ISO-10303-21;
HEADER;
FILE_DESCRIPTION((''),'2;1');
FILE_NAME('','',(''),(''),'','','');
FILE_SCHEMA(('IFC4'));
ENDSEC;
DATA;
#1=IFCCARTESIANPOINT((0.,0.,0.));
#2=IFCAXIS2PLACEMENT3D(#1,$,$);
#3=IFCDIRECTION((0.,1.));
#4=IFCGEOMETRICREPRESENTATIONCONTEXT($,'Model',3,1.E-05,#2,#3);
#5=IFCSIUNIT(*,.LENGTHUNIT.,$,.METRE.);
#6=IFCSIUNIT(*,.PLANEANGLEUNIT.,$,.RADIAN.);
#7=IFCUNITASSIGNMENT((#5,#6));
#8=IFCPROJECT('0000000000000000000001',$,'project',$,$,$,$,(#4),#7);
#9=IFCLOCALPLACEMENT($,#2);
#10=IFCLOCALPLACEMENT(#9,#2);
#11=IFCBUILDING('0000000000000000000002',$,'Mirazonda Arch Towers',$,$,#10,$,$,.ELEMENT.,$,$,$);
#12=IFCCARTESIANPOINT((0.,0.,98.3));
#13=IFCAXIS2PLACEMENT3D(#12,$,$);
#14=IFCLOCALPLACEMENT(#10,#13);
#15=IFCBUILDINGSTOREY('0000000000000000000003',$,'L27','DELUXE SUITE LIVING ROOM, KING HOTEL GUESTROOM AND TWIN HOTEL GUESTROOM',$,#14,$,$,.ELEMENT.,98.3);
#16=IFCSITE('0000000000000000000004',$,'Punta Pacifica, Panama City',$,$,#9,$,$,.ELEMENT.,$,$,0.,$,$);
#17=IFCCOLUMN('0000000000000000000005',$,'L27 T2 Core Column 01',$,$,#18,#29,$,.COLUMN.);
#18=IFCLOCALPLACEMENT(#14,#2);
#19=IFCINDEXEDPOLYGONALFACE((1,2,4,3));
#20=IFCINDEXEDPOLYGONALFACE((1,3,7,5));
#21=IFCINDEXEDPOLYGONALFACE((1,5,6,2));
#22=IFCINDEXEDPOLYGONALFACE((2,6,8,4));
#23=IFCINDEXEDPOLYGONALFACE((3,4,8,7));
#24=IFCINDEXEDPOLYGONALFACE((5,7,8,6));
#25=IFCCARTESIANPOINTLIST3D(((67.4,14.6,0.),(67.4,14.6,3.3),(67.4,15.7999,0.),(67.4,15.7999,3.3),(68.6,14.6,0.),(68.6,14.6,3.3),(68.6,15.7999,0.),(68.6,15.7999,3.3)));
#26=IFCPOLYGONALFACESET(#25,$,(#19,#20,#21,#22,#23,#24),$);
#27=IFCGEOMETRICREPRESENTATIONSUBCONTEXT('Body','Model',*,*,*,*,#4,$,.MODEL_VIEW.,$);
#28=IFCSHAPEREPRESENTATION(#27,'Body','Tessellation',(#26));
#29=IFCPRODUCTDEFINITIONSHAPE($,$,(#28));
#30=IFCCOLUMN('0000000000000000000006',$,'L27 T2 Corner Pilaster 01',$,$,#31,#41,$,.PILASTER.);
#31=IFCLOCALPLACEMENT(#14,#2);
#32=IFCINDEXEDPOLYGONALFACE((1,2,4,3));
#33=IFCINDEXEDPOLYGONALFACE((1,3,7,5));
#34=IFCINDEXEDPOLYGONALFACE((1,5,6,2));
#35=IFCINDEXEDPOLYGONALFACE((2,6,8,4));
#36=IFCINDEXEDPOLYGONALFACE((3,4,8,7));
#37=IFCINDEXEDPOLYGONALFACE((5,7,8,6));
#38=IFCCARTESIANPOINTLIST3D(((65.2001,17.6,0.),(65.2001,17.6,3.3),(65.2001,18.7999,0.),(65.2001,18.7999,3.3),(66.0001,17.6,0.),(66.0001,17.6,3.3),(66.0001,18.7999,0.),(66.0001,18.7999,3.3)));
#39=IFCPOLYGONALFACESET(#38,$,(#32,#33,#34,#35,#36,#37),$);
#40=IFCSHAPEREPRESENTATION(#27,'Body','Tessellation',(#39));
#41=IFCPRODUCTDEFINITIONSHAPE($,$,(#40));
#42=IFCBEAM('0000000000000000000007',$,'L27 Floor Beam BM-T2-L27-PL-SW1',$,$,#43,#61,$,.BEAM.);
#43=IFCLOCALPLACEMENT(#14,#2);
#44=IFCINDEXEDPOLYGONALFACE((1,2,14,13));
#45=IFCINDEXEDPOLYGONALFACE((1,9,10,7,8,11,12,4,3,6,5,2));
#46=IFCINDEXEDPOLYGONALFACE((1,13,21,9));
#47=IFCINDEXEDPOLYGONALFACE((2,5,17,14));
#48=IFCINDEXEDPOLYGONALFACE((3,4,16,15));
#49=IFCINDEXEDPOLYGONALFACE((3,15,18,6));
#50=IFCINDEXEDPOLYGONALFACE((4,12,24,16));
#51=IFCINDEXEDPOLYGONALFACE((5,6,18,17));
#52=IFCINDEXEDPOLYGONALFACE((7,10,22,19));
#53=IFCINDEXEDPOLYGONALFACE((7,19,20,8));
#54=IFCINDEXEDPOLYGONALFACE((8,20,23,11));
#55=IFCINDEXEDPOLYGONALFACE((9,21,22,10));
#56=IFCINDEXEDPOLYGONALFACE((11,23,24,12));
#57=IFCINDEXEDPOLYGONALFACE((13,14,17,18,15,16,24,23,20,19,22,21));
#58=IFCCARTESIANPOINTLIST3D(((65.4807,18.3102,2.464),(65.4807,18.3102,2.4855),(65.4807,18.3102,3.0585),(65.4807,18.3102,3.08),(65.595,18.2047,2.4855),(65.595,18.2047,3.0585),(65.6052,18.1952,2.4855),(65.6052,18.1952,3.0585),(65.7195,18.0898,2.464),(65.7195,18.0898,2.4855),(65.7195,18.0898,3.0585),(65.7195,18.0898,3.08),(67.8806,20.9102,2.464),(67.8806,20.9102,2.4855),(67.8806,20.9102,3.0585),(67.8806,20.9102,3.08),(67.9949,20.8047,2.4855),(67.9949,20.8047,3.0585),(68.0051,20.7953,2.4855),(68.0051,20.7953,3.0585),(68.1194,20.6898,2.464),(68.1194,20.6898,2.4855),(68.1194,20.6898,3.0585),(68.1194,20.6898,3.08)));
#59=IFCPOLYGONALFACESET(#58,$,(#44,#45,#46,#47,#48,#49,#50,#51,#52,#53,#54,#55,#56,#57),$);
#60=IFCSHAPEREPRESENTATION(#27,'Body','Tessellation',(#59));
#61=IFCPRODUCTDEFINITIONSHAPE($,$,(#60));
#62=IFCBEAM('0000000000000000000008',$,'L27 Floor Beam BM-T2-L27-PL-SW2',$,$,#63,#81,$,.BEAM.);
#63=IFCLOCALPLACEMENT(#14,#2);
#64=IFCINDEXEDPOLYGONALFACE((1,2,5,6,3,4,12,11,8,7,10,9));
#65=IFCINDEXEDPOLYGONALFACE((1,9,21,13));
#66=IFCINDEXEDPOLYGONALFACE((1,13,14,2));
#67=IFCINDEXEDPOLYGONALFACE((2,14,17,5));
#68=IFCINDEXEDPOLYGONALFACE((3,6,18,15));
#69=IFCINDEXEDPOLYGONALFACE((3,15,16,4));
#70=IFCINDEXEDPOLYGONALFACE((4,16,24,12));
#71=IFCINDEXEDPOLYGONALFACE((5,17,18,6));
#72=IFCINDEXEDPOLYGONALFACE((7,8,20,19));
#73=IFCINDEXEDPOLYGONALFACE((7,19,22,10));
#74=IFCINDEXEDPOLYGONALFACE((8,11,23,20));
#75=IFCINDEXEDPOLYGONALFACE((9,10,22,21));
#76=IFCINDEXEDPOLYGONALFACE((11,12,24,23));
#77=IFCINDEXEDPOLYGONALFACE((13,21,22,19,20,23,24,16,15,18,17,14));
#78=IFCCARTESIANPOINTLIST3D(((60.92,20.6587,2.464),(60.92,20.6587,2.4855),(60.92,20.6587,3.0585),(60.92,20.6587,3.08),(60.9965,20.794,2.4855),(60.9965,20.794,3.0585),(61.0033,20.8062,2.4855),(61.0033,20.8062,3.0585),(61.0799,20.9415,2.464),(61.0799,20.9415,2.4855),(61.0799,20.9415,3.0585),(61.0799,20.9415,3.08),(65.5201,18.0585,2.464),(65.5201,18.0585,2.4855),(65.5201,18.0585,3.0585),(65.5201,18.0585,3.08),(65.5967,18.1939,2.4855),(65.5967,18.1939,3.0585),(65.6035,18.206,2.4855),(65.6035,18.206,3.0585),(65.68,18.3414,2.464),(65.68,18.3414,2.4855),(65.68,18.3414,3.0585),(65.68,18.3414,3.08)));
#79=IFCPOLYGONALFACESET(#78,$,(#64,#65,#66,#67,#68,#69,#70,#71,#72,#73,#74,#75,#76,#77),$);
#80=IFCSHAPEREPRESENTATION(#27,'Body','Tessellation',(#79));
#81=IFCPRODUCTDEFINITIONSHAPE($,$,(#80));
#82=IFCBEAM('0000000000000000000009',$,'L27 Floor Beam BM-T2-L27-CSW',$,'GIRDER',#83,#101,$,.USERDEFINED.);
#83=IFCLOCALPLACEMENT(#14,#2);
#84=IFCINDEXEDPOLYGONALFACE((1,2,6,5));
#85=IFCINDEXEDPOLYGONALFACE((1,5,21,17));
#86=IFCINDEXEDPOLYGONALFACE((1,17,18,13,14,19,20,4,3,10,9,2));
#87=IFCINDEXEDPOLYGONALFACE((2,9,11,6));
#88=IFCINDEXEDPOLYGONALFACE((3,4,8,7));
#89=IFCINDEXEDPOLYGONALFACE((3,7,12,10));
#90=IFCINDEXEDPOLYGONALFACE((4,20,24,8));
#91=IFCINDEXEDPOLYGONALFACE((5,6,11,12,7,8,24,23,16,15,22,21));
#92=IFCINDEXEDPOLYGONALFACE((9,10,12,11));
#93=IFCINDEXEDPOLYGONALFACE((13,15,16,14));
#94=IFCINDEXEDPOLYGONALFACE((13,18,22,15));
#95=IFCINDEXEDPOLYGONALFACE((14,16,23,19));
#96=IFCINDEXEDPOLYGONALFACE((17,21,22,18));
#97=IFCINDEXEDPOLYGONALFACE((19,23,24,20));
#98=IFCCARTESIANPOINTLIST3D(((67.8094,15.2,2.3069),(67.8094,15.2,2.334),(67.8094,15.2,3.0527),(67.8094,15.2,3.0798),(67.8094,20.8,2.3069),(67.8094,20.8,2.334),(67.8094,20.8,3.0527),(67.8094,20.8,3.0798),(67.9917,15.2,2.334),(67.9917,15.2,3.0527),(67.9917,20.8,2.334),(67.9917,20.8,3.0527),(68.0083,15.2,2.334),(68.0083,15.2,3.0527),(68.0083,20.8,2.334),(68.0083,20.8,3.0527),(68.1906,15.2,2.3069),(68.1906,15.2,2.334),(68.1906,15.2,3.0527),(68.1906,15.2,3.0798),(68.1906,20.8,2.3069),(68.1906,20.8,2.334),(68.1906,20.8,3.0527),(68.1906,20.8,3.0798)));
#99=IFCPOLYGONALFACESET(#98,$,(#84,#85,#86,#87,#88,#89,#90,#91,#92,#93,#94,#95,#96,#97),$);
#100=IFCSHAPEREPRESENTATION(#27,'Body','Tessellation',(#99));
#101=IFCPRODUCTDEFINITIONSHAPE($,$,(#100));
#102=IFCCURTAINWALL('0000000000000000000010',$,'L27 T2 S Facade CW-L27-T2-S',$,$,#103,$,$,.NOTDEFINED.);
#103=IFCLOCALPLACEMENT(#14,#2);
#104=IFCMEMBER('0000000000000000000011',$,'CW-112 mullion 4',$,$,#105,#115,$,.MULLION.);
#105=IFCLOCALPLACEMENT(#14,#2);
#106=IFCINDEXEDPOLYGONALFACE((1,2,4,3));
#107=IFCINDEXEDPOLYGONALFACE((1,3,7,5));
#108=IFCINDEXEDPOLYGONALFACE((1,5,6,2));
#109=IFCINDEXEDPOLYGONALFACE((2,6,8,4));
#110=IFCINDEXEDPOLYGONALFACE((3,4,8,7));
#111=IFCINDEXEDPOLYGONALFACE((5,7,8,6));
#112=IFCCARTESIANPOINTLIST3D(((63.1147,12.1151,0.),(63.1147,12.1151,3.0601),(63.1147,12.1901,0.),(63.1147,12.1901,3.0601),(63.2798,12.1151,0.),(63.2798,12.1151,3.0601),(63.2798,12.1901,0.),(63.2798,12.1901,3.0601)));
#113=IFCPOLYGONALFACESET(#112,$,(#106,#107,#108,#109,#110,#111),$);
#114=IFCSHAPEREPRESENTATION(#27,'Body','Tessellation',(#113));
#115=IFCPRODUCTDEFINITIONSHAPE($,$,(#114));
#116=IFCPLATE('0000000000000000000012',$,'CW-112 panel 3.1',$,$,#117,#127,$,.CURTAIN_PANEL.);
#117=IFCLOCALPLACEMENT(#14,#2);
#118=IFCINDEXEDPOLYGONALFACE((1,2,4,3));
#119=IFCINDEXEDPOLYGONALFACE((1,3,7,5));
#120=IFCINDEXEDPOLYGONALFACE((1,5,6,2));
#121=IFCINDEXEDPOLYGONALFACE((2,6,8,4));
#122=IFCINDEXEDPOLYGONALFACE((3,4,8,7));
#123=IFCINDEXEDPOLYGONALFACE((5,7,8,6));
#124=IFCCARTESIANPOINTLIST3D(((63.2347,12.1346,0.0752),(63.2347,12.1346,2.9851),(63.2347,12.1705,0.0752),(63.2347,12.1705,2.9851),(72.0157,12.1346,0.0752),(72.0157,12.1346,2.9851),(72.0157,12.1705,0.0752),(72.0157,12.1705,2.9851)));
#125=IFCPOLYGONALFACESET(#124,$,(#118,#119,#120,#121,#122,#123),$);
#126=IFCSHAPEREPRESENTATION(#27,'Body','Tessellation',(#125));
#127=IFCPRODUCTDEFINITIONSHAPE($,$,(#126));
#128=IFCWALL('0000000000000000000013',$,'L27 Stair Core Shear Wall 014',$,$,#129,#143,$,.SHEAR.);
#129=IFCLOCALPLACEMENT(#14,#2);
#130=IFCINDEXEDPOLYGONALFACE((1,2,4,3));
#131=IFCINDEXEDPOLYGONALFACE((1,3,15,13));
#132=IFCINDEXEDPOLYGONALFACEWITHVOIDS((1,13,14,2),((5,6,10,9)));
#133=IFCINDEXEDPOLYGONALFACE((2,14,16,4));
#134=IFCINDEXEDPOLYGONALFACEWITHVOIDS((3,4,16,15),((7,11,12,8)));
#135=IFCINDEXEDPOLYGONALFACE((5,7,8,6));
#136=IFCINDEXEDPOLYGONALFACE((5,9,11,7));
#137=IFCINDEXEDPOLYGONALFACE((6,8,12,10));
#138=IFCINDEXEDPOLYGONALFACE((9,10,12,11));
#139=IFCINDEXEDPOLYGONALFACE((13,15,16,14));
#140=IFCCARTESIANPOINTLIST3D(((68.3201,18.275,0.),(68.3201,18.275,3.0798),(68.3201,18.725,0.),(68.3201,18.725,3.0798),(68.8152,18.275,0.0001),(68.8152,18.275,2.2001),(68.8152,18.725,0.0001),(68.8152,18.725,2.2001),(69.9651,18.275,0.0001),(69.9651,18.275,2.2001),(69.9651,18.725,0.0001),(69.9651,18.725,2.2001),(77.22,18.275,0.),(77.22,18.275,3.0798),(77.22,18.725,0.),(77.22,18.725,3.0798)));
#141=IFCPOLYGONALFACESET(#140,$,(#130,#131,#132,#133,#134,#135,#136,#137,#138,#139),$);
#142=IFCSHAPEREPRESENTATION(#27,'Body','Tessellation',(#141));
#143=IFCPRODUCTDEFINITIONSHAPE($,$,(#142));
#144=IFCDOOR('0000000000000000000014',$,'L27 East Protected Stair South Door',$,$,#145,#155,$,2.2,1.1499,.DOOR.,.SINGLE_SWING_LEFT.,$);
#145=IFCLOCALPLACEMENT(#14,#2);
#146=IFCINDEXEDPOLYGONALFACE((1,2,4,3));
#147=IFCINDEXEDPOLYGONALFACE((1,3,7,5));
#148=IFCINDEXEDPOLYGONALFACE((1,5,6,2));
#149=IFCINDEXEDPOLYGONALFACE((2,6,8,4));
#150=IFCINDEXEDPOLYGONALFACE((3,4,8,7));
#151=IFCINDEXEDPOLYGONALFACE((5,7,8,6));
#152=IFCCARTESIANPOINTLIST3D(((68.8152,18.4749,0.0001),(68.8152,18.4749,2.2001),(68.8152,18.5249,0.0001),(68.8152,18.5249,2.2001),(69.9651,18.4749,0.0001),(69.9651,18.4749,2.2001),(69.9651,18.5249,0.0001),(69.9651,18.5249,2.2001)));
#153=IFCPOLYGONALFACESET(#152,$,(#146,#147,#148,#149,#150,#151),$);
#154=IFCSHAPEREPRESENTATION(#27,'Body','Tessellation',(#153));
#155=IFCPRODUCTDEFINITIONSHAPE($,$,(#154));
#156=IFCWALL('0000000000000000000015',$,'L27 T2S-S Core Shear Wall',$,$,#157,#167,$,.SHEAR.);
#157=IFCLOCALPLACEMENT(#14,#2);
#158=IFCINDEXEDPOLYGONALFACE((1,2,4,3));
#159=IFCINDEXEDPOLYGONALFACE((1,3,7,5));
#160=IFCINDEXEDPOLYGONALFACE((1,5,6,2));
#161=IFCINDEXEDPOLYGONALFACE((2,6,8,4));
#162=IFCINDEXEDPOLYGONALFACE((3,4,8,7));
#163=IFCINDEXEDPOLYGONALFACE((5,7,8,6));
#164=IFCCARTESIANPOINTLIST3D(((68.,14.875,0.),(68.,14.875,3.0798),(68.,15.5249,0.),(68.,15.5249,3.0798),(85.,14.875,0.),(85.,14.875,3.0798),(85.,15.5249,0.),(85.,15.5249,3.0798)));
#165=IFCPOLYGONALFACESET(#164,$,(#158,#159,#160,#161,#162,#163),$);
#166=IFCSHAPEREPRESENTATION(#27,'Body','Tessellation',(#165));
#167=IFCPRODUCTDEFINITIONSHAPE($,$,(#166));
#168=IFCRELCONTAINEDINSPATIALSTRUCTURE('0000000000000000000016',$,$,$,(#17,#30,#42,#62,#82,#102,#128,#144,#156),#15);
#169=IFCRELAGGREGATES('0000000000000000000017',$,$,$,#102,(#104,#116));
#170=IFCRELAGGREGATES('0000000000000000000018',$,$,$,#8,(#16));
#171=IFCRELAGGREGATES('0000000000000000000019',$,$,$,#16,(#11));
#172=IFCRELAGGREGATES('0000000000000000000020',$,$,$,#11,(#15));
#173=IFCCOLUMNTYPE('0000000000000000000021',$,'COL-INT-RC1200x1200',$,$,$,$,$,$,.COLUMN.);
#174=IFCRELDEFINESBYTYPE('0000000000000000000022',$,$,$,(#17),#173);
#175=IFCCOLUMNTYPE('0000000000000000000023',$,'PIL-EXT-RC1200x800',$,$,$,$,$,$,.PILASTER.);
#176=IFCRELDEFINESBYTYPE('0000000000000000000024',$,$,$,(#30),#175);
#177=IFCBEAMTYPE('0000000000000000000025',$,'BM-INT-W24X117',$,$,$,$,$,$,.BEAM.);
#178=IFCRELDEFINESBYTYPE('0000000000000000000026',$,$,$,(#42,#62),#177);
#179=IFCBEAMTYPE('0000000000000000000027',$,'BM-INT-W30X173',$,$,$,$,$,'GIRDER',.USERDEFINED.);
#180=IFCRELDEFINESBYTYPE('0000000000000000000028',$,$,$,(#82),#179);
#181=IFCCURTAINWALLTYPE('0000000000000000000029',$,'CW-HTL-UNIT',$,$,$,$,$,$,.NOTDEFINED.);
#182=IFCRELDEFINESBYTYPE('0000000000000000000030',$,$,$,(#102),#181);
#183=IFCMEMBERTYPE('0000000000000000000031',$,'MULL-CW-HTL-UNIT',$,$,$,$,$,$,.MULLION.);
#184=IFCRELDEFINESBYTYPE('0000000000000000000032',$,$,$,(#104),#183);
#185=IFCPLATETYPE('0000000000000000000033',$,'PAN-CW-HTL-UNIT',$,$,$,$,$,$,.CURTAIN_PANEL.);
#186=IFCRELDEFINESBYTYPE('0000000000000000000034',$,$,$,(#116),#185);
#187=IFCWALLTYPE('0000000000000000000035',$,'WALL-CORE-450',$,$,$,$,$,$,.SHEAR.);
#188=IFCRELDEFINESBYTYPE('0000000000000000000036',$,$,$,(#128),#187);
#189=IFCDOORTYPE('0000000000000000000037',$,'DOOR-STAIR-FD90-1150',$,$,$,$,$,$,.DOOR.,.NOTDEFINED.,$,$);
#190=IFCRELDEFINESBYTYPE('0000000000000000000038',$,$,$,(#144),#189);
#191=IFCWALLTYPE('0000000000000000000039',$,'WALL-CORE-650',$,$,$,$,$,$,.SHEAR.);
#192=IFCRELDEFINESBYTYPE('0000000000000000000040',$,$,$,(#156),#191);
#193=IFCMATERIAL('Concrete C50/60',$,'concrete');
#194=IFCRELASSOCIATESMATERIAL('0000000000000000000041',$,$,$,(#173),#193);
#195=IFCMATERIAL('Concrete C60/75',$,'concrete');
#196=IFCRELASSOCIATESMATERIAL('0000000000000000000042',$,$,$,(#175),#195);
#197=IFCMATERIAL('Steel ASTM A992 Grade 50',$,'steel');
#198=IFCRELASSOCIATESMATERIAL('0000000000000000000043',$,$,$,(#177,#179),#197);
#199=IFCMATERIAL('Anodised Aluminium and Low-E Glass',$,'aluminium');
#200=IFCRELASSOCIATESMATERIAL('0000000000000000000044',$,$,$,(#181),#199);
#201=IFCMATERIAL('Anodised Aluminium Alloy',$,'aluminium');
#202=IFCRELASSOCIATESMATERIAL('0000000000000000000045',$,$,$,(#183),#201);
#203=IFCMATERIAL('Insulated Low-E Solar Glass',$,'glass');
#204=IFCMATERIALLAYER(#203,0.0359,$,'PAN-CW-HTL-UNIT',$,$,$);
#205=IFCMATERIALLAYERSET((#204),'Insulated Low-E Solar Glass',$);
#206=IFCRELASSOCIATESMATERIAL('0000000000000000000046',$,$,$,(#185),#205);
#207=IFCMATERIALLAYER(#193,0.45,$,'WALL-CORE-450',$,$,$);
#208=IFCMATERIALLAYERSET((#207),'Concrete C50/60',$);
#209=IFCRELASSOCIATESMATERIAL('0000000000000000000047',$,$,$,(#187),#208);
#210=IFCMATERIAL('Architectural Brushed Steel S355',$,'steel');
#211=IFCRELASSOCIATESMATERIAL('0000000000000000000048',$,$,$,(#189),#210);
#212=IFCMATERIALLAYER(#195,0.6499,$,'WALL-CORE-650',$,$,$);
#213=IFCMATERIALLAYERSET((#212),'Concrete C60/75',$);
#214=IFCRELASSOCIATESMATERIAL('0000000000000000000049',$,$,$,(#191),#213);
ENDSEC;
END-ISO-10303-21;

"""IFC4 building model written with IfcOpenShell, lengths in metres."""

from ifc_helpers import new_model, si_unit, direction, frame, frame_2d, origin, origin_2d, place, context, subcontext, project, spatial, rectangle, i_section, extrude, material, layer, layer_set, material_profile, profile_set, type_object, element, fill, aggregate, save


model = new_model("IFC4")

# Units and contexts
model_context = context("Model", 3, precision=1e-05, world=origin(), true_north=direction((0.0, 1.0)))
body_context = subcontext(model_context, "Body", "Model", "MODEL_VIEW")
ifc_project = project(units=[si_unit("LENGTHUNIT", "METRE"), si_unit("PLANEANGLEUNIT", "RADIAN")], contexts=[model_context])

# Site, building, storey
site_placement = place(None, origin())
site = spatial("IfcSite", under=ifc_project, at=site_placement, Name="Punta Pacifica, Panama City", CompositionType="ELEMENT", RefElevation=0.0)
building_placement = place(site_placement, origin())
building = spatial("IfcBuilding", under=site, at=building_placement, Name="Mirazonda Arch Towers", CompositionType="ELEMENT")
storey_placement = place(building_placement, frame((0.0, 0.0, 98.3)))
storey = spatial("IfcBuildingStorey", under=building, at=storey_placement, Name="L27", Description="DELUXE SUITE LIVING ROOM, KING HOTEL GUESTROOM AND TWIN HOTEL GUESTROOM", CompositionType="ELEMENT", Elevation=98.3)

# Columns
ifc_material_1 = material(Name="Concrete C50/60", Category="concrete")
ifc_material_profile_1 = material_profile(ifc_material_1, rectangle(XDim=1.2, YDim=1.2, at=origin_2d()), Name="RC1200x1200")
ifc_profile_set_1 = profile_set([ifc_material_profile_1], Name="Concrete C50/60")
column_type_1 = type_object("IfcColumnType", Name="COL-INT-RC1200x1200", PredefinedType="COLUMN", material=ifc_profile_set_1)
column_1_placement = place(storey_placement, frame((68.0, 15.2, 0.0), z_axis=(0.0, 0.0, 1.0), x_axis=(1.0, 0.0, 0.0)))
element("IfcColumn", 1, at=column_1_placement, inside=storey, type_object=column_type_1, Name="L27 T2 Core Column 01", PredefinedType="COLUMN", context=body_context, shape_type="SweptSolid", body=[
    extrude(rectangle(XDim=1.2, YDim=1.2, at=origin_2d()), origin(), (0.0, 0.0, 1.0), 3.3),
])
ifc_material_2 = material(Name="Concrete C60/75", Category="concrete")
ifc_material_profile_2 = material_profile(ifc_material_2, rectangle(XDim=0.8, YDim=1.2, at=origin_2d()), Name="RC1200x800")
ifc_profile_set_2 = profile_set([ifc_material_profile_2], Name="Concrete C60/75")
column_type_2 = type_object("IfcColumnType", Name="PIL-EXT-RC1200x800", PredefinedType="PILASTER", material=ifc_profile_set_2)
column_2_placement = place(storey_placement, frame((65.6001, 18.2, 0.0), z_axis=(0.0, 0.0, 1.0), x_axis=(1.0, 0.0, 0.0)))
element("IfcColumn", 2, at=column_2_placement, inside=storey, type_object=column_type_2, Name="L27 T2 Corner Pilaster 01", PredefinedType="PILASTER", context=body_context, shape_type="SweptSolid", body=[
    extrude(rectangle(XDim=0.8, YDim=1.2, at=origin_2d()), origin(), (0.0, 0.0, 1.0), 3.3),
])

# Beams
ifc_material_3 = material(Name="Steel ASTM A992 Grade 50", Category="steel")
ifc_material_profile_3 = material_profile(ifc_material_3, i_section(OverallWidth=0.325, OverallDepth=0.616, WebThickness=0.0139, FlangeThickness=0.0215, at=origin_2d()), Name="W24X117")
ifc_profile_set_3 = profile_set([ifc_material_profile_3], Name="Steel ASTM A992 Grade 50")
beam_type_1 = type_object("IfcBeamType", Name="BM-INT-W24X117", PredefinedType="BEAM", material=ifc_profile_set_3)
beam_1_placement = place(storey_placement, frame((65.6001, 18.2, 2.772), z_axis=(0.678251, 0.73483, 0.0), x_axis=(-0.73483, 0.678251, 0.0)))
element("IfcBeam", 3, at=beam_1_placement, inside=storey, type_object=beam_type_1, Name="L27 Floor Beam BM-T2-L27-PL-SW1", PredefinedType="BEAM", context=body_context, shape_type="SweptSolid", body=[
    extrude(i_section(OverallWidth=0.325, OverallDepth=0.616, WebThickness=0.0139, FlangeThickness=0.0215, at=origin_2d()), origin(), (0.0, 0.0, 1.0), 3.5383),
])
beam_2_placement = place(storey_placement, frame((65.6001, 18.2, 2.772), z_axis=(-0.870559, 0.492063, 0.0), x_axis=(-0.492063, -0.870559, 0.0)))
element("IfcBeam", 4, at=beam_2_placement, inside=storey, type_object=beam_type_1, Name="L27 Floor Beam BM-T2-L27-PL-SW2", PredefinedType="BEAM", context=body_context, shape_type="SweptSolid", body=[
    extrude(i_section(OverallWidth=0.325, OverallDepth=0.616, WebThickness=0.0139, FlangeThickness=0.0215, at=origin_2d()), origin(), (0.0, 0.0, 1.0), 5.2842),
])
ifc_material_profile_4 = material_profile(ifc_material_3, i_section(OverallWidth=0.3811, OverallDepth=0.7729, WebThickness=0.0166, FlangeThickness=0.0271, at=origin_2d()), Name="W30X173")
ifc_profile_set_4 = profile_set([ifc_material_profile_4], Name="Steel ASTM A992 Grade 50")
beam_type_2 = type_object("IfcBeamType", Name="BM-INT-W30X173", ElementType="GIRDER", PredefinedType="USERDEFINED", material=ifc_profile_set_4)
beam_3_placement = place(storey_placement, frame((68.0, 15.2, 2.6934), z_axis=(0.0, 1.0, 0.0), x_axis=(-1.0, 0.0, 0.0)))
element("IfcBeam", 5, at=beam_3_placement, inside=storey, type_object=beam_type_2, Name="L27 Floor Beam BM-T2-L27-CSW", ObjectType="GIRDER", PredefinedType="USERDEFINED", context=body_context, shape_type="SweptSolid", body=[
    extrude(i_section(OverallWidth=0.3811, OverallDepth=0.7729, WebThickness=0.0166, FlangeThickness=0.0271, at=origin_2d()), origin(), (0.0, 0.0, 1.0), 5.6001),
])

# Curtain wall, member, plate
ifc_material_4 = material(Name="Anodised Aluminium and Low-E Glass", Category="aluminium")
curtain_wall_type = type_object("IfcCurtainWallType", Name="CW-HTL-UNIT", PredefinedType="NOTDEFINED", material=ifc_material_4)
curtain_wall_placement = place(storey_placement, origin())
curtain_wall = element("IfcCurtainWall", 6, at=curtain_wall_placement, inside=storey, type_object=curtain_wall_type, Name="L27 T2 S Facade CW-L27-T2-S", PredefinedType="NOTDEFINED")
ifc_material_5 = material(Name="Anodised Aluminium Alloy", Category="aluminium")
ifc_material_profile_5 = material_profile(ifc_material_5, rectangle(XDim=0.075, YDim=0.165, at=origin_2d()), Name="ALU-MULL-75x165")
ifc_profile_set_5 = profile_set([ifc_material_profile_5], Name="Anodised Aluminium Alloy")
member_type = type_object("IfcMemberType", Name="MULL-CW-HTL-UNIT", PredefinedType="MULLION", material=ifc_profile_set_5)
member_placement = place(storey_placement, frame((63.1973, 12.1526, 0.0), z_axis=(0.0, 0.0, 1.0), x_axis=(0.0, -1.0, 0.0)))
member = element("IfcMember", 7, at=member_placement, type_object=member_type, Name="CW-112 mullion 4", PredefinedType="MULLION", context=body_context, shape_type="SweptSolid", body=[
    extrude(rectangle(XDim=0.075, YDim=0.165, at=origin_2d()), origin(), (0.0, 0.0, 1.0), 3.0601),
])
ifc_material_6 = material(Name="Insulated Low-E Solar Glass", Category="glass")
ifc_layer_1 = layer(ifc_material_6, 0.0359, Name="PAN-CW-HTL-UNIT")
ifc_layer_set_1 = layer_set([ifc_layer_1], Name="Insulated Low-E Solar Glass")
plate_type = type_object("IfcPlateType", Name="PAN-CW-HTL-UNIT", PredefinedType="CURTAIN_PANEL", material=ifc_layer_set_1)
plate_placement = place(storey_placement, frame((67.6252, 12.1526, 0.0752), z_axis=(0.0, 0.0, 1.0), x_axis=(-1.0, 0.0, 0.0)))
plate = element("IfcPlate", 8, at=plate_placement, type_object=plate_type, Name="CW-112 panel 3.1", PredefinedType="CURTAIN_PANEL", context=body_context, shape_type="SweptSolid", body=[
    extrude(rectangle(XDim=8.781, YDim=0.0359, at=origin_2d()), origin(), (0.0, 0.0, 1.0), 2.9099),
])
aggregate(curtain_wall, [member, plate])

# Wall, opening, door
ifc_layer_2 = layer(ifc_material_1, 0.45, Name="WALL-CORE-450")
ifc_layer_set_2 = layer_set([ifc_layer_2], Name="Concrete C50/60")
wall_type_1 = type_object("IfcWallType", Name="WALL-CORE-450", PredefinedType="SHEAR", material=ifc_layer_set_2)
wall_1_placement = place(storey_placement, frame((68.3201, 18.5, 0.0), z_axis=(0.0, 0.0, 1.0), x_axis=(1.0, 0.0, 0.0)))
wall_1 = element("IfcWall", 9, at=wall_1_placement, inside=storey, type_object=wall_type_1, Name="L27 Stair Core Shear Wall 014", PredefinedType="SHEAR", context=body_context, shape_type="SweptSolid", body=[
    extrude(rectangle(XDim=8.8999, YDim=0.45, at=frame_2d((4.45, 0.0))), origin(), (0.0, 0.0, 1.0), 3.0798),
])
opening_1_placement = place(wall_1_placement, frame((0.4951, 0.0, 0.0)))
opening_1 = element("IfcOpeningElement", 10, at=opening_1_placement, cuts=wall_1, PredefinedType="OPENING", context=body_context, shape_type="SweptSolid", body=[
    extrude(rectangle(XDim=1.1499, YDim=2.2, at=frame_2d((0.575, 1.1001))), frame((0.0, 0.2349, 0.0), z_axis=(0.0, -1.0, 0.0), x_axis=(1.0, 0.0, 0.0)), (0.0, 0.0, 1.0), 0.47),
])
ifc_material_7 = material(Name="Architectural Brushed Steel S355", Category="steel")
door_type = type_object("IfcDoorType", Name="DOOR-STAIR-FD90-1150", OperationType="NOTDEFINED", PredefinedType="DOOR", material=ifc_material_7)
door_placement = place(opening_1_placement, origin())
door = element("IfcDoor", 11, at=door_placement, inside=storey, type_object=door_type, Name="L27 East Protected Stair South Door", OperationType="SINGLE_SWING_LEFT", OverallHeight=2.2, OverallWidth=1.1499, PredefinedType="DOOR", context=body_context, shape_type="SweptSolid", body=[
    extrude(rectangle(XDim=1.1499, YDim=2.2, at=frame_2d((0.575, 1.1001))), frame((0.0, 0.0249, 0.0), z_axis=(0.0, -1.0, 0.0), x_axis=(1.0, 0.0, 0.0)), (0.0, 0.0, 1.0), 0.05),
])
fill(opening_1, door)

# Wall
ifc_layer_3 = layer(ifc_material_2, 0.6499, Name="WALL-CORE-650")
ifc_layer_set_3 = layer_set([ifc_layer_3], Name="Concrete C60/75")
wall_type_2 = type_object("IfcWallType", Name="WALL-CORE-650", PredefinedType="SHEAR", material=ifc_layer_set_3)
wall_2_placement = place(storey_placement, frame((68.0, 15.2, 0.0), z_axis=(0.0, 0.0, 1.0), x_axis=(1.0, 0.0, 0.0)))
element("IfcWall", 12, at=wall_2_placement, inside=storey, type_object=wall_type_2, Name="L27 T2S-S Core Shear Wall", PredefinedType="SHEAR", context=body_context, shape_type="SweptSolid", body=[
    extrude(rectangle(XDim=17.0, YDim=0.6499, at=frame_2d((8.5, 0.0))), origin(), (0.0, 0.0, 1.0), 3.0798),
])

save(model, "model.ifc")
